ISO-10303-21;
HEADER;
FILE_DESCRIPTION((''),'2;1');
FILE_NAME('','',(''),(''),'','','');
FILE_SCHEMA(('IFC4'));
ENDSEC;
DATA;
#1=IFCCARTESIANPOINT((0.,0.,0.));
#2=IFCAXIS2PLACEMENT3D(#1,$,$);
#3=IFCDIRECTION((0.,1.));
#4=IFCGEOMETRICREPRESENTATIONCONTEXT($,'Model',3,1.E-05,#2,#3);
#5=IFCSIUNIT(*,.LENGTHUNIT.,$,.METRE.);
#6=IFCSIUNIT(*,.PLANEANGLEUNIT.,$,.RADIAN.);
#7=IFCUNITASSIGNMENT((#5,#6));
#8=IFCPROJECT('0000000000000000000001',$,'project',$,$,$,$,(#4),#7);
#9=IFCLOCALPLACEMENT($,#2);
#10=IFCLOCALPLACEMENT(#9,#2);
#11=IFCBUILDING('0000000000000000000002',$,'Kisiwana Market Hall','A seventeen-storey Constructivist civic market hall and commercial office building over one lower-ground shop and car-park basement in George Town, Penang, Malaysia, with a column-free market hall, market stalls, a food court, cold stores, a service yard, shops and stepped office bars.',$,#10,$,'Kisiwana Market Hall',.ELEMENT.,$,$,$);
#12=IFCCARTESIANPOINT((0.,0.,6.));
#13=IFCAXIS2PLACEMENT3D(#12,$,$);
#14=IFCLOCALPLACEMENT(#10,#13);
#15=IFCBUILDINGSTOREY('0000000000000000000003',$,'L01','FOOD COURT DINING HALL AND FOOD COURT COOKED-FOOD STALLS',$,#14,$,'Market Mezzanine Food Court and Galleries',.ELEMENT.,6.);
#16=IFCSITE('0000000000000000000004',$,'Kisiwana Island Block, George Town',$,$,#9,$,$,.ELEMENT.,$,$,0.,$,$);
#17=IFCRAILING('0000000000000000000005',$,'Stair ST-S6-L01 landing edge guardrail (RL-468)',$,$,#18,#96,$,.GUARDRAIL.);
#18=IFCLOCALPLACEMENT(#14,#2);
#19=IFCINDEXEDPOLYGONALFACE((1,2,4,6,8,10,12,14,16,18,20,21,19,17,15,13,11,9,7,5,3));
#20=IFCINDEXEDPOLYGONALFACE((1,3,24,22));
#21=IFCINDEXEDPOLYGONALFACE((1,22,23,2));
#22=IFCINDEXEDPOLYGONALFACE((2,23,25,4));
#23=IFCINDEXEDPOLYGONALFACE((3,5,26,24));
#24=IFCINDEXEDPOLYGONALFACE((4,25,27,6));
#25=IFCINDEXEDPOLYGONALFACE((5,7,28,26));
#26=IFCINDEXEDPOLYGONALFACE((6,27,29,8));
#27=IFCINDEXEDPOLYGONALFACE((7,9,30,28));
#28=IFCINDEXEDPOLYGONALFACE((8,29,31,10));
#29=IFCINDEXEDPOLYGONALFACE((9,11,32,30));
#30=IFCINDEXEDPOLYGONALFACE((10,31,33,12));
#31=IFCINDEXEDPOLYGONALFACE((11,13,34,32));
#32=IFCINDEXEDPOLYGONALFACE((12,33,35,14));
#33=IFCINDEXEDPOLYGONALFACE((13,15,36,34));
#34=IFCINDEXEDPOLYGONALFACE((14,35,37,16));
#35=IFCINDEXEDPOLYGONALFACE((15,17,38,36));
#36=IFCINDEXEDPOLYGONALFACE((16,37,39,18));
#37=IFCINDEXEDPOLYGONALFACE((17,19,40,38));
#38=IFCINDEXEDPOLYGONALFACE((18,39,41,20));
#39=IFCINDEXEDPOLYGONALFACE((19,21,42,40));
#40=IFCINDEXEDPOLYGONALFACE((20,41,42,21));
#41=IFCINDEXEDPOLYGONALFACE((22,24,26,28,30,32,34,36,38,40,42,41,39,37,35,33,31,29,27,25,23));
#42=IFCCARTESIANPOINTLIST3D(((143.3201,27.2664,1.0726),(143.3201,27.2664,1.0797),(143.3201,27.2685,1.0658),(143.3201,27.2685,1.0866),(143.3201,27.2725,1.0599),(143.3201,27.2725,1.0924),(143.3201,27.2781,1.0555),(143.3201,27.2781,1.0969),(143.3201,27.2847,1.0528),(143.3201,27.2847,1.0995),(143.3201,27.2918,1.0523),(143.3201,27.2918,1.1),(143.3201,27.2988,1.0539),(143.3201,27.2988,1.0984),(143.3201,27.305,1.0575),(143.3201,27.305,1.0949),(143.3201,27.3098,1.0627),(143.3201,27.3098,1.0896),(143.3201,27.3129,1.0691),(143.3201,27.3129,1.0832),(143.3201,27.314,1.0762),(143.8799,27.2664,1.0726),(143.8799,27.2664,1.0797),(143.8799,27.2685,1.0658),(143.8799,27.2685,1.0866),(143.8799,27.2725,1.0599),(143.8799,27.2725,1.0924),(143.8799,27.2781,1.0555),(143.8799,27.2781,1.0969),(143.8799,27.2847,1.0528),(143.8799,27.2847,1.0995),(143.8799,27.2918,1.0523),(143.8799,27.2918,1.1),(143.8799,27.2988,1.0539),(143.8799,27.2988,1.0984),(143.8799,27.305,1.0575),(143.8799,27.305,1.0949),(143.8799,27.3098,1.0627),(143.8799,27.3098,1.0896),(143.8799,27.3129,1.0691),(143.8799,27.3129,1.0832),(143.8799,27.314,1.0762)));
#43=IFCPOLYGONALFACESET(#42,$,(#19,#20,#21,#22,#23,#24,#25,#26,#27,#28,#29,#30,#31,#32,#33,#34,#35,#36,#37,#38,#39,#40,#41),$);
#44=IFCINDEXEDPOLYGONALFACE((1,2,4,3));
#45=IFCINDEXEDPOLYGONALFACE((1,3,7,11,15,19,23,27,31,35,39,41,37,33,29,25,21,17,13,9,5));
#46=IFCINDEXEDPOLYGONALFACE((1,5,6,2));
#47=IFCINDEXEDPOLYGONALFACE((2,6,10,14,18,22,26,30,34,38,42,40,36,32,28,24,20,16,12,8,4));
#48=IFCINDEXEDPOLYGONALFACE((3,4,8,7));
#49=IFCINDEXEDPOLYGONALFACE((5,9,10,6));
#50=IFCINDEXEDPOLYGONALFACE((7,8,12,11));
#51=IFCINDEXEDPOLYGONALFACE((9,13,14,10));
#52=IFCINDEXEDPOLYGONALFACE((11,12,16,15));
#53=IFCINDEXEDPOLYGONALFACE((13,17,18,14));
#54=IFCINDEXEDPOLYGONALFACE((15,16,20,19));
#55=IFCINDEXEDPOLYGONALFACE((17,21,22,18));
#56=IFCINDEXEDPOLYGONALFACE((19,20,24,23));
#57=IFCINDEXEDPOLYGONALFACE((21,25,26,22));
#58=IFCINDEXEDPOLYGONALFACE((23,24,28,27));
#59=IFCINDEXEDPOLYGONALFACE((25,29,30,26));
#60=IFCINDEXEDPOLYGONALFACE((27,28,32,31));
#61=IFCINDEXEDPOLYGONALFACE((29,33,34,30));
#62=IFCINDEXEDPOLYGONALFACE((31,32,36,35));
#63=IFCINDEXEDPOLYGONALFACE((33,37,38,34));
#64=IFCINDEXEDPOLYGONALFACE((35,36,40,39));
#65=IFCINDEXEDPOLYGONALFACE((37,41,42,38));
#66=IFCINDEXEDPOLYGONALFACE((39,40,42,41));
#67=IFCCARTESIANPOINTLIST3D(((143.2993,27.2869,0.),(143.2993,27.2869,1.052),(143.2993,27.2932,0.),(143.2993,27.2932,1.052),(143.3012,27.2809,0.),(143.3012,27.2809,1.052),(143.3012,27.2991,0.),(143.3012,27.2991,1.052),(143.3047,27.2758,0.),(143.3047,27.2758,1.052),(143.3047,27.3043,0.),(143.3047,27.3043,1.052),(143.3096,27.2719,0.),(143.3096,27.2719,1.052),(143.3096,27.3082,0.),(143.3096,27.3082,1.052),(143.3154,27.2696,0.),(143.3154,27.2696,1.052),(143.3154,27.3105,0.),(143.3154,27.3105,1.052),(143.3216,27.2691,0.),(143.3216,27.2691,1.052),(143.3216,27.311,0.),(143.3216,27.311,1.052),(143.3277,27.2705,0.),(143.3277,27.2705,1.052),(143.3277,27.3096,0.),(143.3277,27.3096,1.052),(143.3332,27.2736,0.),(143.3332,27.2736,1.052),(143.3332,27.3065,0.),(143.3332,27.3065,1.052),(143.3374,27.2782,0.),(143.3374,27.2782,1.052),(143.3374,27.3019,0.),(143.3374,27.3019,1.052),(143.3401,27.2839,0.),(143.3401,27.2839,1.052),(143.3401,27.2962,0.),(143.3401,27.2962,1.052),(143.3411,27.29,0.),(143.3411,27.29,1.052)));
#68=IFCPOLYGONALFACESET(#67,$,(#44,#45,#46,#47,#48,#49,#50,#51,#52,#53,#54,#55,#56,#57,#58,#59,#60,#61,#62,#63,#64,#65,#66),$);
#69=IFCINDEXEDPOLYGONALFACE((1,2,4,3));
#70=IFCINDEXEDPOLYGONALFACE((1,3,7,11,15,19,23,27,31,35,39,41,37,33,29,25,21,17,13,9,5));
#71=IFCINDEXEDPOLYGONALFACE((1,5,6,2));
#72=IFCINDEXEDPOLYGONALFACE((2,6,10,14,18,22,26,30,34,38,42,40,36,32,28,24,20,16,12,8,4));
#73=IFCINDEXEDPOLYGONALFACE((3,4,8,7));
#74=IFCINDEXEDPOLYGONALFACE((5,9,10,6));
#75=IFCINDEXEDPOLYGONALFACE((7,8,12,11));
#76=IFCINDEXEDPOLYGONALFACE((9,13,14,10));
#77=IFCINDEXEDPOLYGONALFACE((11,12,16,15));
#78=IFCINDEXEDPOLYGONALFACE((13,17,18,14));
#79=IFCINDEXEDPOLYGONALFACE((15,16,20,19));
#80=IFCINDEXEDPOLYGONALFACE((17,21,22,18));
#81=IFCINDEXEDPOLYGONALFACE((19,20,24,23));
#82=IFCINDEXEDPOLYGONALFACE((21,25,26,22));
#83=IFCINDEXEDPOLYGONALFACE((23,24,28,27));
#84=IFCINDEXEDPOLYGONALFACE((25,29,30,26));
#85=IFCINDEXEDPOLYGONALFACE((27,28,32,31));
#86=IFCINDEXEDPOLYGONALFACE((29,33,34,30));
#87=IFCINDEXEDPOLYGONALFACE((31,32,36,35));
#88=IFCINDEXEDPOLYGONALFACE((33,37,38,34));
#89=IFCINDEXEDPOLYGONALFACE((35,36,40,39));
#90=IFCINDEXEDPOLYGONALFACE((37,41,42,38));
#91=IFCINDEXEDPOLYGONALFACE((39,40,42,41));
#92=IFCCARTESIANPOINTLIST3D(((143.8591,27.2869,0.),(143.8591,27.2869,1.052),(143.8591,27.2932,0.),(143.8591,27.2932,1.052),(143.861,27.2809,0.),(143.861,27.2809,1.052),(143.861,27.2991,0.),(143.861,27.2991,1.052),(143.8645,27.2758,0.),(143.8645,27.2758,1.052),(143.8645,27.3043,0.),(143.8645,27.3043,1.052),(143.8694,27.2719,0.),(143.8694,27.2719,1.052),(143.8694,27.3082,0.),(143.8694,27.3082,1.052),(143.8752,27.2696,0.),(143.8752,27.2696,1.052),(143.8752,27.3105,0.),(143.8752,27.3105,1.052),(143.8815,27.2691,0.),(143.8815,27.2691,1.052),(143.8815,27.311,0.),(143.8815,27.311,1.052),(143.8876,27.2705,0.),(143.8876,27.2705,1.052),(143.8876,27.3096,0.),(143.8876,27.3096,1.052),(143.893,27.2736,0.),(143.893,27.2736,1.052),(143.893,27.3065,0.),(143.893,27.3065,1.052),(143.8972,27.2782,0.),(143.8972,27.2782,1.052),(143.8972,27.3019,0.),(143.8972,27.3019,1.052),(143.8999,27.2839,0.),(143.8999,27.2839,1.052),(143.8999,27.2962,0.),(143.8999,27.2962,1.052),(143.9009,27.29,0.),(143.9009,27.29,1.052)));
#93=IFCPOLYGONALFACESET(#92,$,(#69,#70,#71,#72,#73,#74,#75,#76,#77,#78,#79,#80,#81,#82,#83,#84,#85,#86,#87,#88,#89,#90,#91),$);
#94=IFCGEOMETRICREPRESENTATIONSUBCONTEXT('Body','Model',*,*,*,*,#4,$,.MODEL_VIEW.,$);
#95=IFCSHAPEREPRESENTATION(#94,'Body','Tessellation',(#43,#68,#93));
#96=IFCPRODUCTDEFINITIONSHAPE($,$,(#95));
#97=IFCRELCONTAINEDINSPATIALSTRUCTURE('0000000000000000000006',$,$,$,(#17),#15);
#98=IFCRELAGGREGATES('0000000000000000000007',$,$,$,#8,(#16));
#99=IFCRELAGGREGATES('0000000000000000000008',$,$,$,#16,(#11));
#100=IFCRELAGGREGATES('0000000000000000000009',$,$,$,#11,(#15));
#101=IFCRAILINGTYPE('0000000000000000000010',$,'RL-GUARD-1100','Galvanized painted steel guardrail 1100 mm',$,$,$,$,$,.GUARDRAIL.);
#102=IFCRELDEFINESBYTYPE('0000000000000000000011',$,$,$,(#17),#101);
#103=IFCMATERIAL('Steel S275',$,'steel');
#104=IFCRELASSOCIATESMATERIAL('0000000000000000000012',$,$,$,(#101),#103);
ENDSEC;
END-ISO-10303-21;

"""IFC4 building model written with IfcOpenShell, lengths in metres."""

from ifc_helpers import new_model, si_unit, direction, frame, origin, origin_2d, place, context, subcontext, project, spatial, circle, extrude, material, type_object, element, save


model = new_model("IFC4")

# Units and contexts
model_context = context("Model", 3, precision=1e-05, world=origin(), true_north=direction((0.0, 1.0)))
body_context = subcontext(model_context, "Body", "Model", "MODEL_VIEW")
ifc_project = project(units=[si_unit("LENGTHUNIT", "METRE"), si_unit("PLANEANGLEUNIT", "RADIAN")], contexts=[model_context])

# Site, building, storey
site_placement = place(None, origin())
site = spatial("IfcSite", under=ifc_project, at=site_placement, Name="Kisiwana Island Block, George Town", CompositionType="ELEMENT", RefElevation=0.0)
building_placement = place(site_placement, origin())
building = spatial("IfcBuilding", under=site, at=building_placement, Name="Kisiwana Market Hall", Description="A seventeen-storey Constructivist civic market hall and commercial office building over one lower-ground shop and car-park basement in George Town, Penang, Malaysia, with a column-free market hall, market stalls, a food court, cold stores, a service yard, shops and stepped office bars.", LongName="Kisiwana Market Hall", CompositionType="ELEMENT")
storey_placement = place(building_placement, frame((0.0, 0.0, 6.0)))
storey = spatial("IfcBuildingStorey", under=building, at=storey_placement, Name="L01", Description="FOOD COURT DINING HALL AND FOOD COURT COOKED-FOOD STALLS", LongName="Market Mezzanine Food Court and Galleries", CompositionType="ELEMENT", Elevation=6.0)

# Railing
ifc_material_1 = material(Name="Steel S275", Category="steel")
railing_type_1 = type_object("IfcRailingType", Name="RL-GUARD-1100", Description="Galvanized painted steel guardrail 1100 mm", PredefinedType="GUARDRAIL", material=ifc_material_1)
railing_1_placement = place(storey_placement, frame((143.3201, 27.29, 0.0)))
element("IfcRailing", 1, at=railing_1_placement, inside=storey, type_object=railing_type_1, Name="Stair ST-S6-L01 landing edge guardrail (RL-468)", PredefinedType="GUARDRAIL", context=body_context, shape_type="SweptSolid", body=[
    extrude(circle(Radius=0.0239, at=origin_2d()), frame((0.0, 0.0, 1.0762), z_axis=(1.0, 0.0, 0.0), x_axis=(0.0, 1.0, 0.0)), (0.0, 0.0, 1.0), 0.5598),
    extrude(circle(Radius=0.021, at=origin_2d()), origin(), (0.0, 0.0, 1.0), 1.052),
    extrude(circle(Radius=0.021, at=origin_2d()), frame((0.5598, 0.0, 0.0)), (0.0, 0.0, 1.0), 1.052),
])

save(model, "model.ifc")
